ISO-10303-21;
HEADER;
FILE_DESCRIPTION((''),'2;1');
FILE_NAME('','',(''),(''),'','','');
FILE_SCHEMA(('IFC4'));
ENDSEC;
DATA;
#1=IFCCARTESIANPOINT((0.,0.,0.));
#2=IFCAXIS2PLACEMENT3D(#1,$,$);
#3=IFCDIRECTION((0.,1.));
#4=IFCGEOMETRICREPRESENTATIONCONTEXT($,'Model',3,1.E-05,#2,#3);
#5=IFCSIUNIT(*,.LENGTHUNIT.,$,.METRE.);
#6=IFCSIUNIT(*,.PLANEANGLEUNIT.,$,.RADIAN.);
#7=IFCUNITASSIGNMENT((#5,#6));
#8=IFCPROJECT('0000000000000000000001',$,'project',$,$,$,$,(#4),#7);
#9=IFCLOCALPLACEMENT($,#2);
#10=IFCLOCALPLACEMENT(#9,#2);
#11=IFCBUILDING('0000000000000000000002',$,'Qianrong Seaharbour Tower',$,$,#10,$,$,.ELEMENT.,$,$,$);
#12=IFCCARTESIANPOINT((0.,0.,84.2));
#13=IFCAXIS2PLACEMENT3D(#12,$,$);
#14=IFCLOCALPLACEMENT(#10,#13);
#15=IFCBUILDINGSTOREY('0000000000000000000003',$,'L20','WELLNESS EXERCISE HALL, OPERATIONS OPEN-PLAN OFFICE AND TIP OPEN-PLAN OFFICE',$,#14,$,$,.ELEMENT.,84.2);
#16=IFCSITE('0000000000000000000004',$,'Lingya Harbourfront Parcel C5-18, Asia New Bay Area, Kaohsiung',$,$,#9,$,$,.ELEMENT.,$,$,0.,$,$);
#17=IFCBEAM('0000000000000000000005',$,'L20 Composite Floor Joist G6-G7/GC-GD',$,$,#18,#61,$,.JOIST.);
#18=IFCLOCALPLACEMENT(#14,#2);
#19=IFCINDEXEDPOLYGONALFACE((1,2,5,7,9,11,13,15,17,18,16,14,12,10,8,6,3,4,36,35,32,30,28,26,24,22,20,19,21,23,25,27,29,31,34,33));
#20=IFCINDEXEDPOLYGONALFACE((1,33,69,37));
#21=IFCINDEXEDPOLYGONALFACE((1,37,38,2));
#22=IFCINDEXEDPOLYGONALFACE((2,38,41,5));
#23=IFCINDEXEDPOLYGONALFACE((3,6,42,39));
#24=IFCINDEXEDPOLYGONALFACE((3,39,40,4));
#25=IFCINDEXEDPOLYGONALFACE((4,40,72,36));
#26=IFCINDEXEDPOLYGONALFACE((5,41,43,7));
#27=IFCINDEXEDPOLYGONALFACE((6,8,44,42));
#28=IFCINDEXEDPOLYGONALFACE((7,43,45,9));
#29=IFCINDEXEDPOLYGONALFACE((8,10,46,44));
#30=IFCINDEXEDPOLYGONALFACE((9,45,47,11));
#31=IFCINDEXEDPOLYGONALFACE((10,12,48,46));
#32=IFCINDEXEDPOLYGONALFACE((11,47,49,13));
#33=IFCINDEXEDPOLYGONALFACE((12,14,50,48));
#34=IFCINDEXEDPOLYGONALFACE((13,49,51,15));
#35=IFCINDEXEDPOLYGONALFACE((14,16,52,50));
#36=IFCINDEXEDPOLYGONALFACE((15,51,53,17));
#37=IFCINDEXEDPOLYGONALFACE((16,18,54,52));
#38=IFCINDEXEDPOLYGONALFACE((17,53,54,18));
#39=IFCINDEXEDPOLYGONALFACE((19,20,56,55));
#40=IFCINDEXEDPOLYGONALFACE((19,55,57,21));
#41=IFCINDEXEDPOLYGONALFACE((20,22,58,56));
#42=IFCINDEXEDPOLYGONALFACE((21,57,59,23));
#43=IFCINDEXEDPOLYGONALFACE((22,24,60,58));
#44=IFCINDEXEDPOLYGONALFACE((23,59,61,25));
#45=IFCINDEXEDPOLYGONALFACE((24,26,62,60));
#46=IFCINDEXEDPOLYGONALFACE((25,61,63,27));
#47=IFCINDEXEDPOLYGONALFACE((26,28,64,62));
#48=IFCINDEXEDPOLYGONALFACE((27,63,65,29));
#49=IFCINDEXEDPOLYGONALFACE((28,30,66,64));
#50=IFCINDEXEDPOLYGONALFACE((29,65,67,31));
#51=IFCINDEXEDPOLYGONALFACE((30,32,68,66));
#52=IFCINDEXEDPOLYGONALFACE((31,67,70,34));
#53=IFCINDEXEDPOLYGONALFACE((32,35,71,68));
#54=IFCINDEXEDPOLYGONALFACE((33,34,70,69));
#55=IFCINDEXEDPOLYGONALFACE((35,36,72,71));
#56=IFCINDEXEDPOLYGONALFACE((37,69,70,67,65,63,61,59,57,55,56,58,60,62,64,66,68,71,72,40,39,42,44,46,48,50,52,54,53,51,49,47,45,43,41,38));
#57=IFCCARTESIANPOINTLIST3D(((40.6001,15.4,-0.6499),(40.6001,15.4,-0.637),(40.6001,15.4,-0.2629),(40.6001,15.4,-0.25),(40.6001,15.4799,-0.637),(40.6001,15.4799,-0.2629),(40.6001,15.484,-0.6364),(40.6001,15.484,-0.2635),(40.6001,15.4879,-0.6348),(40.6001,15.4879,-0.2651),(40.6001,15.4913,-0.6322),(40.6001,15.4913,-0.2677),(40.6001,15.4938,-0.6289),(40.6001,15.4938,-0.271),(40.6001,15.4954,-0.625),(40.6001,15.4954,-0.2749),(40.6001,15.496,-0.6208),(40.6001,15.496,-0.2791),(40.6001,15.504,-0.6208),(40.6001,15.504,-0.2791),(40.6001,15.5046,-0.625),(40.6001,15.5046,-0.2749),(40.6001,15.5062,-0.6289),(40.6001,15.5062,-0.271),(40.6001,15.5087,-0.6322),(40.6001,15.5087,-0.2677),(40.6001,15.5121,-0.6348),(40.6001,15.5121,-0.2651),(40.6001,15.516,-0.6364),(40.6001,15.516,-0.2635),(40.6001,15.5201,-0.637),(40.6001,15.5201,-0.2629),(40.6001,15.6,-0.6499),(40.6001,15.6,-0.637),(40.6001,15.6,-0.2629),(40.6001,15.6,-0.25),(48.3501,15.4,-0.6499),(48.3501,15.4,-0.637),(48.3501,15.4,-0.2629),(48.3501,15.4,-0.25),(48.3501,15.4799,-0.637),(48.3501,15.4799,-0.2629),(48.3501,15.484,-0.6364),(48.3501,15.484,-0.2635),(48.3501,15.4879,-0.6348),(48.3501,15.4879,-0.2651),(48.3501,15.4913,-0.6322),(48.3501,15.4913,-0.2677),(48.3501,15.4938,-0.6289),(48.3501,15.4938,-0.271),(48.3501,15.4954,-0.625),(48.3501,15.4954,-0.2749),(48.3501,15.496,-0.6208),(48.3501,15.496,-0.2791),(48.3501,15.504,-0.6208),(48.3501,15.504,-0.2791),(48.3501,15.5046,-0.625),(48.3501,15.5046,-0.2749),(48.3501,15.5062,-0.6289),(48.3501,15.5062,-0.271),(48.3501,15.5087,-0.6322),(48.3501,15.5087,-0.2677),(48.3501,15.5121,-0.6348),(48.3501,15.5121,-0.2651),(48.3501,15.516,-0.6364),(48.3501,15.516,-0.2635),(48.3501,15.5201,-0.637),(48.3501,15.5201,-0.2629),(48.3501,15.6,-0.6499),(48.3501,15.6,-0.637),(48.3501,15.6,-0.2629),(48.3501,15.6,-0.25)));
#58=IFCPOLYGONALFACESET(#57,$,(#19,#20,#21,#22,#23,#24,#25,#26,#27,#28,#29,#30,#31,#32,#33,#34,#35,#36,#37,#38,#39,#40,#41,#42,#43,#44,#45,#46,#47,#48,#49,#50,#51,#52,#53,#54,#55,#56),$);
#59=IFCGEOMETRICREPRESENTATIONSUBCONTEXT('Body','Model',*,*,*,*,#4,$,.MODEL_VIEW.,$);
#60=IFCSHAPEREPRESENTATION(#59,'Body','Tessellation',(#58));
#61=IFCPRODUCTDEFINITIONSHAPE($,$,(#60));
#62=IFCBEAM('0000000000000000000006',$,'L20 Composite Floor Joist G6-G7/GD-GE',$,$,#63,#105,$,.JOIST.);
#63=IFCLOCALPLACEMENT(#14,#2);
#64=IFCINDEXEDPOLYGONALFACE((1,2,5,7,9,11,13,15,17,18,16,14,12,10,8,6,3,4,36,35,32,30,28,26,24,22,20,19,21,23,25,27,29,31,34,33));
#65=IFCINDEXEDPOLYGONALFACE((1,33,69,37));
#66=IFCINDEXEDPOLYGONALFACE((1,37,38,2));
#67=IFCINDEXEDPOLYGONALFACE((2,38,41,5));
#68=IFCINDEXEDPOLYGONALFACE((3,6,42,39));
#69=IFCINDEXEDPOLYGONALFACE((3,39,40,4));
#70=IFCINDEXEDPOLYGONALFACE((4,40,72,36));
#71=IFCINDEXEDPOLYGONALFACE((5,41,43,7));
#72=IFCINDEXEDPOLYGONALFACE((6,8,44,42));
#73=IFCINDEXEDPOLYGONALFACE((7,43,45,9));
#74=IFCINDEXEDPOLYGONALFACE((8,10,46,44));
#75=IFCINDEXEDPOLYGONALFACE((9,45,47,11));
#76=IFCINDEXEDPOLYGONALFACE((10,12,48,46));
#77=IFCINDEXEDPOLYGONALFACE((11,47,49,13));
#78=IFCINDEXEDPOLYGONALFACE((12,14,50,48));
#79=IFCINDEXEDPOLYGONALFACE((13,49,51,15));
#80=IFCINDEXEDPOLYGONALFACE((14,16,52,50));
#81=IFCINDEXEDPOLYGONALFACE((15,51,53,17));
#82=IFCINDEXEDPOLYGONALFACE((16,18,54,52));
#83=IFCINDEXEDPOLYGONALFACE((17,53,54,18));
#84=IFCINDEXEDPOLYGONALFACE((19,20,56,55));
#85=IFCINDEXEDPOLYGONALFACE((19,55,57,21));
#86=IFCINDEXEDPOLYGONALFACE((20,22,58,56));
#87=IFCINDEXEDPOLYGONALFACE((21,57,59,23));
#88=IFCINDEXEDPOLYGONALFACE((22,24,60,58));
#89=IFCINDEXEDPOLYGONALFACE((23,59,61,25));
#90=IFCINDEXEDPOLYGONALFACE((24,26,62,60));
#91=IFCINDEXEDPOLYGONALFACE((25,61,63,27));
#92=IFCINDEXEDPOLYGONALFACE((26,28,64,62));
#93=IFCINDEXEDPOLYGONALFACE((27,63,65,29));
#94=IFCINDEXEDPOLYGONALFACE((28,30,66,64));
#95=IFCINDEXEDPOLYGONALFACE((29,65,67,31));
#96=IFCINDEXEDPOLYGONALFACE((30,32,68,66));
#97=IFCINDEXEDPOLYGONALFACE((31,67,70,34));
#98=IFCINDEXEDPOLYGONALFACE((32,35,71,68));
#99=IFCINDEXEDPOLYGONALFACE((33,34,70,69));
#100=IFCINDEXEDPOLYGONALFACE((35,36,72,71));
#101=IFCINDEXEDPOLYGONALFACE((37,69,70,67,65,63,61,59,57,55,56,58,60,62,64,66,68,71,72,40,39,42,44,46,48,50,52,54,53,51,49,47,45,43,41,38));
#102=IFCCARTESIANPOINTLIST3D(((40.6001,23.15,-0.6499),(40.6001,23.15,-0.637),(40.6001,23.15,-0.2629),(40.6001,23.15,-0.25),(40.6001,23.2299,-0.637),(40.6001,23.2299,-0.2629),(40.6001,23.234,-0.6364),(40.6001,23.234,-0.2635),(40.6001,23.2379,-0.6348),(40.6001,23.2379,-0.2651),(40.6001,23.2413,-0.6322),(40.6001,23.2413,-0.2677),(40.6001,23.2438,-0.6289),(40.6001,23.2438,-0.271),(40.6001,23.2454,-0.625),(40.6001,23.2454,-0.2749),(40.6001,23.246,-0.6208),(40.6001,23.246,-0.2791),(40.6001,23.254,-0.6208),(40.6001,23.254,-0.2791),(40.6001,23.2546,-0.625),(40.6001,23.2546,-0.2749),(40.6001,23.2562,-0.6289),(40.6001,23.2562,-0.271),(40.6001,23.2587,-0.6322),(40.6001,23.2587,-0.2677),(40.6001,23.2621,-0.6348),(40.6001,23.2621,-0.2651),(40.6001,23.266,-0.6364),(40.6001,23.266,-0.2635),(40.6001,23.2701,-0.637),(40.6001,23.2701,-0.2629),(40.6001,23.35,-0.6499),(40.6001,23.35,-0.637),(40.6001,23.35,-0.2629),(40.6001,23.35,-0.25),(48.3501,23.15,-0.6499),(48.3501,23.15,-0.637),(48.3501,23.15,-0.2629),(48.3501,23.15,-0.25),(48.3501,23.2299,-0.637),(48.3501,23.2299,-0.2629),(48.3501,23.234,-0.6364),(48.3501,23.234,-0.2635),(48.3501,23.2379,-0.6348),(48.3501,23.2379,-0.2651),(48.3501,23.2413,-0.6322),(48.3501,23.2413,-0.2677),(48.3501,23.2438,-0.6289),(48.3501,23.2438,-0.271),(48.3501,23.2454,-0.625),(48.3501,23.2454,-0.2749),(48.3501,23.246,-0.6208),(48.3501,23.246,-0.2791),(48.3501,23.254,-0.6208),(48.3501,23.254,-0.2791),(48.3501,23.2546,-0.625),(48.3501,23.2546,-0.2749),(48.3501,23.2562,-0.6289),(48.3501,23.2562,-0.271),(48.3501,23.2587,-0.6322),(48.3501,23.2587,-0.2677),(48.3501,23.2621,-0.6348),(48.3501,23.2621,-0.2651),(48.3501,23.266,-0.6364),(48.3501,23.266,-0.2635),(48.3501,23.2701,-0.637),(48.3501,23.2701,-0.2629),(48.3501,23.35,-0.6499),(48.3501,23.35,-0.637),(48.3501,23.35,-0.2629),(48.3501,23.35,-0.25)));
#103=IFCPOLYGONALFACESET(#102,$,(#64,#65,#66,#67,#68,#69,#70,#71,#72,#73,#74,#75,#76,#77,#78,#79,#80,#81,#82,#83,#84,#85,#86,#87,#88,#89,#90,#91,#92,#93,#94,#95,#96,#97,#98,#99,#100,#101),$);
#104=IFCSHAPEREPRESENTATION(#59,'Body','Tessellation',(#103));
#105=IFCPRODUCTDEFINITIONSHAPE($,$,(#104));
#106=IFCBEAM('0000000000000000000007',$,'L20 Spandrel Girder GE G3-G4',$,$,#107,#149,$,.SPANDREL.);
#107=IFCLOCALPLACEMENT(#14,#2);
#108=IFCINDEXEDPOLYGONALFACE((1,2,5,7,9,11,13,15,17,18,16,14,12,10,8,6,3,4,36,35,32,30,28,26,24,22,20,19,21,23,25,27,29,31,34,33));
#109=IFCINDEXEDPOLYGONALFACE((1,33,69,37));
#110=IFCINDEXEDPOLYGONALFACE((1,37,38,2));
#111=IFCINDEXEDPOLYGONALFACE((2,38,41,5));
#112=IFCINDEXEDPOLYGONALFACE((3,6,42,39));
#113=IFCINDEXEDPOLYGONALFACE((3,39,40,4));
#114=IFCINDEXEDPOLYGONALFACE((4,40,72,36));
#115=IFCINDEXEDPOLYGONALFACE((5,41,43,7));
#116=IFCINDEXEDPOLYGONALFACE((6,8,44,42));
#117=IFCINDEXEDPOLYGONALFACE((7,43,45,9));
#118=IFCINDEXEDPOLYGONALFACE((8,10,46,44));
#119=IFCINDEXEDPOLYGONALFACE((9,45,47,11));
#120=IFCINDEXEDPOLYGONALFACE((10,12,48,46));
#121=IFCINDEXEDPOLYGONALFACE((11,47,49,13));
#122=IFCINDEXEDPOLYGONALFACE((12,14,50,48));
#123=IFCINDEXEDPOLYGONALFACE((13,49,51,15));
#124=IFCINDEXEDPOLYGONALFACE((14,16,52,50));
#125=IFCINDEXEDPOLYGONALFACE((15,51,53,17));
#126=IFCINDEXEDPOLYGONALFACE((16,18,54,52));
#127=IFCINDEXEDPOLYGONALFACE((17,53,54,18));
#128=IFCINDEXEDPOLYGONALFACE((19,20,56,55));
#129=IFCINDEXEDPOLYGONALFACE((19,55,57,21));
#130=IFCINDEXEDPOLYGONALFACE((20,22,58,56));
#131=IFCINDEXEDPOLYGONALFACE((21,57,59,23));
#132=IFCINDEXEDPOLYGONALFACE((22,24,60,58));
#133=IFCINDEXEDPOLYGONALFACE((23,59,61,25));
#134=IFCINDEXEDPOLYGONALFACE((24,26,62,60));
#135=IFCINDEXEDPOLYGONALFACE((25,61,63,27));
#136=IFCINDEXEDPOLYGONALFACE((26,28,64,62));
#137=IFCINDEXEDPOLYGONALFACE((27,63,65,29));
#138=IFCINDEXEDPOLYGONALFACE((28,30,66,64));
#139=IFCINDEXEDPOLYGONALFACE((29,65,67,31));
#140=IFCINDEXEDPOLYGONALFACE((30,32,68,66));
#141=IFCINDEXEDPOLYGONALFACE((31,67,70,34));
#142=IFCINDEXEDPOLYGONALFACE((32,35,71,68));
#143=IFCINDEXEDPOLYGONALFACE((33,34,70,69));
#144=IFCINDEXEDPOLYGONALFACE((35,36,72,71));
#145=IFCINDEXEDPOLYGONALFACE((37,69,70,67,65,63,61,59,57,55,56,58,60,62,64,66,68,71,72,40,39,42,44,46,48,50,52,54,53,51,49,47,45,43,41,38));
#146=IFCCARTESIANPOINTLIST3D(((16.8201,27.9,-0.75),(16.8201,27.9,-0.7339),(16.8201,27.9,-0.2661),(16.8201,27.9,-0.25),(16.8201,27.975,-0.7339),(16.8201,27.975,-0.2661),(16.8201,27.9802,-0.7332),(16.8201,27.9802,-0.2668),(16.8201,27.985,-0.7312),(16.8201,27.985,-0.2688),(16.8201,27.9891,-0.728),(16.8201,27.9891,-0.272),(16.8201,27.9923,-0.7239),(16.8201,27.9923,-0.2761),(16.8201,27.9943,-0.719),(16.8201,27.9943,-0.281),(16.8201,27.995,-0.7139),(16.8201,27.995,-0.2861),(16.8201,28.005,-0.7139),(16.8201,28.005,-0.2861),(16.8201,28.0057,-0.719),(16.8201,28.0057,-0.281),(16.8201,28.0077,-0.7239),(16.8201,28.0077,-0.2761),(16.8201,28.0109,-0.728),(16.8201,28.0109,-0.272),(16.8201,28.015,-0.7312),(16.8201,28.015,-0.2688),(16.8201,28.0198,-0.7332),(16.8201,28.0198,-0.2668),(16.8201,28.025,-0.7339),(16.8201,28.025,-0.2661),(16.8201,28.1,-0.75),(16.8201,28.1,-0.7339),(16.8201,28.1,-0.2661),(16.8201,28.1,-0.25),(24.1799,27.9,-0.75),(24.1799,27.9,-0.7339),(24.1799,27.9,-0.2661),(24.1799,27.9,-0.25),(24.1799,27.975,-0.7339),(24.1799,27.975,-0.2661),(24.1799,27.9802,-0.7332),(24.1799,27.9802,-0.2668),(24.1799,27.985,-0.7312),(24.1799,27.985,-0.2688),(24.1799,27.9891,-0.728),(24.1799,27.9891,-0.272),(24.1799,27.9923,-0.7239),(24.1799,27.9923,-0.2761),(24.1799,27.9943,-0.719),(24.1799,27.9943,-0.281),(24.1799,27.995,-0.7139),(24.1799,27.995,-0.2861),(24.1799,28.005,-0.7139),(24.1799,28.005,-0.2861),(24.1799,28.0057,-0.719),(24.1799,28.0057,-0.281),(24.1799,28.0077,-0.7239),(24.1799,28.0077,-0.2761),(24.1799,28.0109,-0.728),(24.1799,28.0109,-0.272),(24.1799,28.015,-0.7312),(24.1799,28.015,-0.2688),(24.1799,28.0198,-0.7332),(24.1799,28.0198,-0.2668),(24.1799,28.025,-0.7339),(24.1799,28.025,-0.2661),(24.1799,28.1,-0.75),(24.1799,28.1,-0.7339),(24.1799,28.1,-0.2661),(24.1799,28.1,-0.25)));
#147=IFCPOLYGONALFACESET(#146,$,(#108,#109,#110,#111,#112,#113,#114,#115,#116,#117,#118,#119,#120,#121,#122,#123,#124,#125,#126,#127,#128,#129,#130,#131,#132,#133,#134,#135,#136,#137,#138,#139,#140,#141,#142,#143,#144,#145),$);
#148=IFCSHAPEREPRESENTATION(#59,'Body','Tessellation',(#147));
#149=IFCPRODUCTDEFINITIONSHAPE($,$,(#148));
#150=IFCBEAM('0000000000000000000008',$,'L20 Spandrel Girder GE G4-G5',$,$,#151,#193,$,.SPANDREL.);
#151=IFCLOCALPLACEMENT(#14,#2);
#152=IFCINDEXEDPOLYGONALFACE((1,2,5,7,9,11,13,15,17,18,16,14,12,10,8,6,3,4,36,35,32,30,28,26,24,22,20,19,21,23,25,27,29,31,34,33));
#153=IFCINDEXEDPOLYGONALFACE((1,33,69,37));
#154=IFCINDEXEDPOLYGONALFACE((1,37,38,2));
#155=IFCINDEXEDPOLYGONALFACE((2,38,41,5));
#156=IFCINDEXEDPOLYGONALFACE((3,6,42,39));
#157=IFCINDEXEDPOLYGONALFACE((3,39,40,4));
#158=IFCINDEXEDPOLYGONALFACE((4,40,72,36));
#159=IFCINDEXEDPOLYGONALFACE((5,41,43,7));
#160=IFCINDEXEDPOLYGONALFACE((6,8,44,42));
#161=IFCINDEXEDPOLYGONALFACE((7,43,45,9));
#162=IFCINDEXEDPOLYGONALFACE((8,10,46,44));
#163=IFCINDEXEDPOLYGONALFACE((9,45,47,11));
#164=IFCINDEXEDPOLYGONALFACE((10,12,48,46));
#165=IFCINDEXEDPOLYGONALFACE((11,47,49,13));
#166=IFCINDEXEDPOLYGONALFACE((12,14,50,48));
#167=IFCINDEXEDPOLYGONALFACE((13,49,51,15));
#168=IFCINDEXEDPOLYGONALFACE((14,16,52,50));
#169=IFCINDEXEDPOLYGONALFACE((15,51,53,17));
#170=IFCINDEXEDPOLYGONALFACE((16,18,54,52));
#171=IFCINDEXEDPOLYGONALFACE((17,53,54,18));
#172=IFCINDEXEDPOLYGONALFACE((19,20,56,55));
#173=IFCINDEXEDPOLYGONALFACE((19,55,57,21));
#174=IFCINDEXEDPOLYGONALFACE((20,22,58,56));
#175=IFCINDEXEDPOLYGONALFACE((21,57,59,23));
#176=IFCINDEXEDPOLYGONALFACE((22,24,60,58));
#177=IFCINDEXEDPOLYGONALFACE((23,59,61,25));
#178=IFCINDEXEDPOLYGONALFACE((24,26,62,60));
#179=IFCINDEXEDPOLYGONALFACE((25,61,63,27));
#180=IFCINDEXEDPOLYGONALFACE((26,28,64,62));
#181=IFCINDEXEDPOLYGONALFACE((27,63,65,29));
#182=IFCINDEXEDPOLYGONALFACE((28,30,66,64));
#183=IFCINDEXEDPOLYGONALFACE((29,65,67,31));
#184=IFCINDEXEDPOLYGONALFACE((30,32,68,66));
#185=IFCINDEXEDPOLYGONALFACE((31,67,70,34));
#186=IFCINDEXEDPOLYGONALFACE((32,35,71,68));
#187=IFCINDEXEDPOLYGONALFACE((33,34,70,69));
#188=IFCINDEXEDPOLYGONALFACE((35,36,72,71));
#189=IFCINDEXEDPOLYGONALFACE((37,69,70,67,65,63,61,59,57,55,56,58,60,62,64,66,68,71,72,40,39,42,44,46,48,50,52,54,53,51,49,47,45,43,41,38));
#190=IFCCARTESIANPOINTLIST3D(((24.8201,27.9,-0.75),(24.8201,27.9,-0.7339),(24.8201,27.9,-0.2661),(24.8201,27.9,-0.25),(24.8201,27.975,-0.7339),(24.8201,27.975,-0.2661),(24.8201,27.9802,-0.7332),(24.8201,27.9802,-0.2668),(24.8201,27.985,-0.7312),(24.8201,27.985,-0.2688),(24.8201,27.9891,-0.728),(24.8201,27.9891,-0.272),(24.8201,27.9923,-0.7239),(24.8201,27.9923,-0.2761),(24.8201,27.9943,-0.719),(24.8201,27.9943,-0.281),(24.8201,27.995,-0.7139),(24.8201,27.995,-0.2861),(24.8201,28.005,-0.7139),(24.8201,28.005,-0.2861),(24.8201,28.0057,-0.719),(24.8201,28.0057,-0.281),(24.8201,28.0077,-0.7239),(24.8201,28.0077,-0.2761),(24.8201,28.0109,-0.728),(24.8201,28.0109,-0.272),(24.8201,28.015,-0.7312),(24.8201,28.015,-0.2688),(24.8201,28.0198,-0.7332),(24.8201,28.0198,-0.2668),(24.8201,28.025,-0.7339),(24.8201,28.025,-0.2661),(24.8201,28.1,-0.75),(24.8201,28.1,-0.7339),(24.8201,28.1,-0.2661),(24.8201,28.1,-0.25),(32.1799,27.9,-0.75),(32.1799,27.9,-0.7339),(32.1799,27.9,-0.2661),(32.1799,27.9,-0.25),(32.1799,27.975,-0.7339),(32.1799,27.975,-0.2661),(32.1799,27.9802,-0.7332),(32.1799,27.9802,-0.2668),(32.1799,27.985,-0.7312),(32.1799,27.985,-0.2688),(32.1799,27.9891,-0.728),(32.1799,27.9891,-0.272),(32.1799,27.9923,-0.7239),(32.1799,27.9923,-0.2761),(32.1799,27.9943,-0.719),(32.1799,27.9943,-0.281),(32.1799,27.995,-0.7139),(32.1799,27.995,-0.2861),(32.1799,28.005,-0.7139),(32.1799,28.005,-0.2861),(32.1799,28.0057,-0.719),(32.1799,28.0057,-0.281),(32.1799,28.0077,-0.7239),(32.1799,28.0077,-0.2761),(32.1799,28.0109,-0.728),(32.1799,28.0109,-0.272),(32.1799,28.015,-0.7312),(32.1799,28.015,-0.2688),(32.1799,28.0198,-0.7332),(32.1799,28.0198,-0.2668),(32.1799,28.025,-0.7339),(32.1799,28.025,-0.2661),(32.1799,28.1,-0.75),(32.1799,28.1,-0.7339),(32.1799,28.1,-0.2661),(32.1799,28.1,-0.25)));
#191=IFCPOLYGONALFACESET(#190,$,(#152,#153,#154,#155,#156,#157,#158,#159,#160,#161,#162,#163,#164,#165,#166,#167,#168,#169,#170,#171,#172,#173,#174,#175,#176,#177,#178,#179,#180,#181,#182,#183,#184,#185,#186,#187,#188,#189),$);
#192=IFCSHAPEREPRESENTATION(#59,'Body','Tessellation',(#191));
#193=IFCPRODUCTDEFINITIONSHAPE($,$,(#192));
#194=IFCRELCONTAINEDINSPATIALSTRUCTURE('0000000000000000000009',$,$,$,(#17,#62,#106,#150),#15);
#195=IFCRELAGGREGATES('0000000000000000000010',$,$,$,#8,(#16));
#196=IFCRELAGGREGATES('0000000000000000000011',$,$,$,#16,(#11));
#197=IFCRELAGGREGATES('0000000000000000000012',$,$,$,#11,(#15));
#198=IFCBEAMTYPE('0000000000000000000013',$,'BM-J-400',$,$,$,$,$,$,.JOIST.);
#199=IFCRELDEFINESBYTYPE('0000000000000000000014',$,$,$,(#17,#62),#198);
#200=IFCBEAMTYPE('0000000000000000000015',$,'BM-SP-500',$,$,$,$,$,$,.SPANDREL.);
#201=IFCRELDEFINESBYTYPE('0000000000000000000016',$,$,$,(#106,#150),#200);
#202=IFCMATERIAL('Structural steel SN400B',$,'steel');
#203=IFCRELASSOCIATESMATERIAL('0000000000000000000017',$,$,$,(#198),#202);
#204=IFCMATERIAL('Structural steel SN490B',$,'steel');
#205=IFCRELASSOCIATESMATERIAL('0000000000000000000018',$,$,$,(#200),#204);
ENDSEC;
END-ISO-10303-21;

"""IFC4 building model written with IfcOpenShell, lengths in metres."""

from ifc_helpers import new_model, si_unit, direction, frame, origin, origin_2d, place, context, subcontext, project, spatial, i_section, extrude, material, material_profile, profile_set, type_object, element, save


model = new_model("IFC4")

# Units and contexts
model_context = context("Model", 3, precision=1e-05, world=origin(), true_north=direction((0.0, 1.0)))
body_context = subcontext(model_context, "Body", "Model", "MODEL_VIEW")
ifc_project = project(units=[si_unit("LENGTHUNIT", "METRE"), si_unit("PLANEANGLEUNIT", "RADIAN")], contexts=[model_context])

# Site, building, storey
site_placement = place(None, origin())
site = spatial("IfcSite", under=ifc_project, at=site_placement, Name="Lingya Harbourfront Parcel C5-18, Asia New Bay Area, Kaohsiung", CompositionType="ELEMENT", RefElevation=0.0)
building_placement = place(site_placement, origin())
building = spatial("IfcBuilding", under=site, at=building_placement, Name="Qianrong Seaharbour Tower", CompositionType="ELEMENT")
storey_placement = place(building_placement, frame((0.0, 0.0, 84.2)))
storey = spatial("IfcBuildingStorey", under=building, at=storey_placement, Name="L20", Description="WELLNESS EXERCISE HALL, OPERATIONS OPEN-PLAN OFFICE AND TIP OPEN-PLAN OFFICE", CompositionType="ELEMENT", Elevation=84.2)

# Shared definitions
ifc_material_1 = material(Name="Structural steel SN490B", Category="steel")

# Beams
ifc_material_2 = material(Name="Structural steel SN400B", Category="steel")
ifc_material_profile_1 = material_profile(ifc_material_2, i_section(OverallWidth=0.2, OverallDepth=0.3999, WebThickness=0.0081, FlangeThickness=0.0129, FilletRadius=0.0161, at=origin_2d()), Name="H400x200x8x13")
ifc_profile_set_1 = profile_set([ifc_material_profile_1], Name="Structural steel SN400B")
beam_type_1 = type_object("IfcBeamType", Name="BM-J-400", PredefinedType="JOIST", material=ifc_profile_set_1)
for number, where, z_axis, x_axis, name in (
    (1, (40.6001, 15.5, -0.45), (1.0, 0.0, 0.0), (0.0, 1.0, 0.0), "L20 Composite Floor Joist G6-G7/GC-GD"),
    (2, (40.6001, 23.25, -0.45), (1.0, 0.0, 0.0), (0.0, 1.0, 0.0), "L20 Composite Floor Joist G6-G7/GD-GE"),
):
    element("IfcBeam", number, at=place(storey_placement, frame(where, z_axis=z_axis, x_axis=x_axis)), inside=storey, type_object=beam_type_1, Name=name, PredefinedType="JOIST", context=body_context, shape_type="SweptSolid", body=[
        extrude(i_section(OverallWidth=0.2, OverallDepth=0.3999, WebThickness=0.0081, FlangeThickness=0.0129, FilletRadius=0.0161, at=origin_2d()), origin(), (0.0, 0.0, 1.0), 7.75),
    ])
ifc_material_profile_2 = material_profile(ifc_material_1, i_section(OverallWidth=0.2, OverallDepth=0.5, WebThickness=0.01, FlangeThickness=0.0161, FilletRadius=0.02, at=origin_2d()), Name="H500x200x10x16")
ifc_profile_set_2 = profile_set([ifc_material_profile_2], Name="Structural steel SN490B")
beam_type_2 = type_object("IfcBeamType", Name="BM-SP-500", PredefinedType="SPANDREL", material=ifc_profile_set_2)
for number, where, z_axis, x_axis, name in (
    (3, (16.8201, 28.0, -0.5), (1.0, 0.0, 0.0), (0.0, 1.0, 0.0), "L20 Spandrel Girder GE G3-G4"),
    (4, (24.8201, 28.0, -0.5), (1.0, 0.0, 0.0), (0.0, 1.0, 0.0), "L20 Spandrel Girder GE G4-G5"),
):
    element("IfcBeam", number, at=place(storey_placement, frame(where, z_axis=z_axis, x_axis=x_axis)), inside=storey, type_object=beam_type_2, Name=name, PredefinedType="SPANDREL", context=body_context, shape_type="SweptSolid", body=[
        extrude(i_section(OverallWidth=0.2, OverallDepth=0.5, WebThickness=0.01, FlangeThickness=0.0161, FilletRadius=0.02, at=origin_2d()), origin(), (0.0, 0.0, 1.0), 7.3599),
    ])

save(model, "model.ifc")
